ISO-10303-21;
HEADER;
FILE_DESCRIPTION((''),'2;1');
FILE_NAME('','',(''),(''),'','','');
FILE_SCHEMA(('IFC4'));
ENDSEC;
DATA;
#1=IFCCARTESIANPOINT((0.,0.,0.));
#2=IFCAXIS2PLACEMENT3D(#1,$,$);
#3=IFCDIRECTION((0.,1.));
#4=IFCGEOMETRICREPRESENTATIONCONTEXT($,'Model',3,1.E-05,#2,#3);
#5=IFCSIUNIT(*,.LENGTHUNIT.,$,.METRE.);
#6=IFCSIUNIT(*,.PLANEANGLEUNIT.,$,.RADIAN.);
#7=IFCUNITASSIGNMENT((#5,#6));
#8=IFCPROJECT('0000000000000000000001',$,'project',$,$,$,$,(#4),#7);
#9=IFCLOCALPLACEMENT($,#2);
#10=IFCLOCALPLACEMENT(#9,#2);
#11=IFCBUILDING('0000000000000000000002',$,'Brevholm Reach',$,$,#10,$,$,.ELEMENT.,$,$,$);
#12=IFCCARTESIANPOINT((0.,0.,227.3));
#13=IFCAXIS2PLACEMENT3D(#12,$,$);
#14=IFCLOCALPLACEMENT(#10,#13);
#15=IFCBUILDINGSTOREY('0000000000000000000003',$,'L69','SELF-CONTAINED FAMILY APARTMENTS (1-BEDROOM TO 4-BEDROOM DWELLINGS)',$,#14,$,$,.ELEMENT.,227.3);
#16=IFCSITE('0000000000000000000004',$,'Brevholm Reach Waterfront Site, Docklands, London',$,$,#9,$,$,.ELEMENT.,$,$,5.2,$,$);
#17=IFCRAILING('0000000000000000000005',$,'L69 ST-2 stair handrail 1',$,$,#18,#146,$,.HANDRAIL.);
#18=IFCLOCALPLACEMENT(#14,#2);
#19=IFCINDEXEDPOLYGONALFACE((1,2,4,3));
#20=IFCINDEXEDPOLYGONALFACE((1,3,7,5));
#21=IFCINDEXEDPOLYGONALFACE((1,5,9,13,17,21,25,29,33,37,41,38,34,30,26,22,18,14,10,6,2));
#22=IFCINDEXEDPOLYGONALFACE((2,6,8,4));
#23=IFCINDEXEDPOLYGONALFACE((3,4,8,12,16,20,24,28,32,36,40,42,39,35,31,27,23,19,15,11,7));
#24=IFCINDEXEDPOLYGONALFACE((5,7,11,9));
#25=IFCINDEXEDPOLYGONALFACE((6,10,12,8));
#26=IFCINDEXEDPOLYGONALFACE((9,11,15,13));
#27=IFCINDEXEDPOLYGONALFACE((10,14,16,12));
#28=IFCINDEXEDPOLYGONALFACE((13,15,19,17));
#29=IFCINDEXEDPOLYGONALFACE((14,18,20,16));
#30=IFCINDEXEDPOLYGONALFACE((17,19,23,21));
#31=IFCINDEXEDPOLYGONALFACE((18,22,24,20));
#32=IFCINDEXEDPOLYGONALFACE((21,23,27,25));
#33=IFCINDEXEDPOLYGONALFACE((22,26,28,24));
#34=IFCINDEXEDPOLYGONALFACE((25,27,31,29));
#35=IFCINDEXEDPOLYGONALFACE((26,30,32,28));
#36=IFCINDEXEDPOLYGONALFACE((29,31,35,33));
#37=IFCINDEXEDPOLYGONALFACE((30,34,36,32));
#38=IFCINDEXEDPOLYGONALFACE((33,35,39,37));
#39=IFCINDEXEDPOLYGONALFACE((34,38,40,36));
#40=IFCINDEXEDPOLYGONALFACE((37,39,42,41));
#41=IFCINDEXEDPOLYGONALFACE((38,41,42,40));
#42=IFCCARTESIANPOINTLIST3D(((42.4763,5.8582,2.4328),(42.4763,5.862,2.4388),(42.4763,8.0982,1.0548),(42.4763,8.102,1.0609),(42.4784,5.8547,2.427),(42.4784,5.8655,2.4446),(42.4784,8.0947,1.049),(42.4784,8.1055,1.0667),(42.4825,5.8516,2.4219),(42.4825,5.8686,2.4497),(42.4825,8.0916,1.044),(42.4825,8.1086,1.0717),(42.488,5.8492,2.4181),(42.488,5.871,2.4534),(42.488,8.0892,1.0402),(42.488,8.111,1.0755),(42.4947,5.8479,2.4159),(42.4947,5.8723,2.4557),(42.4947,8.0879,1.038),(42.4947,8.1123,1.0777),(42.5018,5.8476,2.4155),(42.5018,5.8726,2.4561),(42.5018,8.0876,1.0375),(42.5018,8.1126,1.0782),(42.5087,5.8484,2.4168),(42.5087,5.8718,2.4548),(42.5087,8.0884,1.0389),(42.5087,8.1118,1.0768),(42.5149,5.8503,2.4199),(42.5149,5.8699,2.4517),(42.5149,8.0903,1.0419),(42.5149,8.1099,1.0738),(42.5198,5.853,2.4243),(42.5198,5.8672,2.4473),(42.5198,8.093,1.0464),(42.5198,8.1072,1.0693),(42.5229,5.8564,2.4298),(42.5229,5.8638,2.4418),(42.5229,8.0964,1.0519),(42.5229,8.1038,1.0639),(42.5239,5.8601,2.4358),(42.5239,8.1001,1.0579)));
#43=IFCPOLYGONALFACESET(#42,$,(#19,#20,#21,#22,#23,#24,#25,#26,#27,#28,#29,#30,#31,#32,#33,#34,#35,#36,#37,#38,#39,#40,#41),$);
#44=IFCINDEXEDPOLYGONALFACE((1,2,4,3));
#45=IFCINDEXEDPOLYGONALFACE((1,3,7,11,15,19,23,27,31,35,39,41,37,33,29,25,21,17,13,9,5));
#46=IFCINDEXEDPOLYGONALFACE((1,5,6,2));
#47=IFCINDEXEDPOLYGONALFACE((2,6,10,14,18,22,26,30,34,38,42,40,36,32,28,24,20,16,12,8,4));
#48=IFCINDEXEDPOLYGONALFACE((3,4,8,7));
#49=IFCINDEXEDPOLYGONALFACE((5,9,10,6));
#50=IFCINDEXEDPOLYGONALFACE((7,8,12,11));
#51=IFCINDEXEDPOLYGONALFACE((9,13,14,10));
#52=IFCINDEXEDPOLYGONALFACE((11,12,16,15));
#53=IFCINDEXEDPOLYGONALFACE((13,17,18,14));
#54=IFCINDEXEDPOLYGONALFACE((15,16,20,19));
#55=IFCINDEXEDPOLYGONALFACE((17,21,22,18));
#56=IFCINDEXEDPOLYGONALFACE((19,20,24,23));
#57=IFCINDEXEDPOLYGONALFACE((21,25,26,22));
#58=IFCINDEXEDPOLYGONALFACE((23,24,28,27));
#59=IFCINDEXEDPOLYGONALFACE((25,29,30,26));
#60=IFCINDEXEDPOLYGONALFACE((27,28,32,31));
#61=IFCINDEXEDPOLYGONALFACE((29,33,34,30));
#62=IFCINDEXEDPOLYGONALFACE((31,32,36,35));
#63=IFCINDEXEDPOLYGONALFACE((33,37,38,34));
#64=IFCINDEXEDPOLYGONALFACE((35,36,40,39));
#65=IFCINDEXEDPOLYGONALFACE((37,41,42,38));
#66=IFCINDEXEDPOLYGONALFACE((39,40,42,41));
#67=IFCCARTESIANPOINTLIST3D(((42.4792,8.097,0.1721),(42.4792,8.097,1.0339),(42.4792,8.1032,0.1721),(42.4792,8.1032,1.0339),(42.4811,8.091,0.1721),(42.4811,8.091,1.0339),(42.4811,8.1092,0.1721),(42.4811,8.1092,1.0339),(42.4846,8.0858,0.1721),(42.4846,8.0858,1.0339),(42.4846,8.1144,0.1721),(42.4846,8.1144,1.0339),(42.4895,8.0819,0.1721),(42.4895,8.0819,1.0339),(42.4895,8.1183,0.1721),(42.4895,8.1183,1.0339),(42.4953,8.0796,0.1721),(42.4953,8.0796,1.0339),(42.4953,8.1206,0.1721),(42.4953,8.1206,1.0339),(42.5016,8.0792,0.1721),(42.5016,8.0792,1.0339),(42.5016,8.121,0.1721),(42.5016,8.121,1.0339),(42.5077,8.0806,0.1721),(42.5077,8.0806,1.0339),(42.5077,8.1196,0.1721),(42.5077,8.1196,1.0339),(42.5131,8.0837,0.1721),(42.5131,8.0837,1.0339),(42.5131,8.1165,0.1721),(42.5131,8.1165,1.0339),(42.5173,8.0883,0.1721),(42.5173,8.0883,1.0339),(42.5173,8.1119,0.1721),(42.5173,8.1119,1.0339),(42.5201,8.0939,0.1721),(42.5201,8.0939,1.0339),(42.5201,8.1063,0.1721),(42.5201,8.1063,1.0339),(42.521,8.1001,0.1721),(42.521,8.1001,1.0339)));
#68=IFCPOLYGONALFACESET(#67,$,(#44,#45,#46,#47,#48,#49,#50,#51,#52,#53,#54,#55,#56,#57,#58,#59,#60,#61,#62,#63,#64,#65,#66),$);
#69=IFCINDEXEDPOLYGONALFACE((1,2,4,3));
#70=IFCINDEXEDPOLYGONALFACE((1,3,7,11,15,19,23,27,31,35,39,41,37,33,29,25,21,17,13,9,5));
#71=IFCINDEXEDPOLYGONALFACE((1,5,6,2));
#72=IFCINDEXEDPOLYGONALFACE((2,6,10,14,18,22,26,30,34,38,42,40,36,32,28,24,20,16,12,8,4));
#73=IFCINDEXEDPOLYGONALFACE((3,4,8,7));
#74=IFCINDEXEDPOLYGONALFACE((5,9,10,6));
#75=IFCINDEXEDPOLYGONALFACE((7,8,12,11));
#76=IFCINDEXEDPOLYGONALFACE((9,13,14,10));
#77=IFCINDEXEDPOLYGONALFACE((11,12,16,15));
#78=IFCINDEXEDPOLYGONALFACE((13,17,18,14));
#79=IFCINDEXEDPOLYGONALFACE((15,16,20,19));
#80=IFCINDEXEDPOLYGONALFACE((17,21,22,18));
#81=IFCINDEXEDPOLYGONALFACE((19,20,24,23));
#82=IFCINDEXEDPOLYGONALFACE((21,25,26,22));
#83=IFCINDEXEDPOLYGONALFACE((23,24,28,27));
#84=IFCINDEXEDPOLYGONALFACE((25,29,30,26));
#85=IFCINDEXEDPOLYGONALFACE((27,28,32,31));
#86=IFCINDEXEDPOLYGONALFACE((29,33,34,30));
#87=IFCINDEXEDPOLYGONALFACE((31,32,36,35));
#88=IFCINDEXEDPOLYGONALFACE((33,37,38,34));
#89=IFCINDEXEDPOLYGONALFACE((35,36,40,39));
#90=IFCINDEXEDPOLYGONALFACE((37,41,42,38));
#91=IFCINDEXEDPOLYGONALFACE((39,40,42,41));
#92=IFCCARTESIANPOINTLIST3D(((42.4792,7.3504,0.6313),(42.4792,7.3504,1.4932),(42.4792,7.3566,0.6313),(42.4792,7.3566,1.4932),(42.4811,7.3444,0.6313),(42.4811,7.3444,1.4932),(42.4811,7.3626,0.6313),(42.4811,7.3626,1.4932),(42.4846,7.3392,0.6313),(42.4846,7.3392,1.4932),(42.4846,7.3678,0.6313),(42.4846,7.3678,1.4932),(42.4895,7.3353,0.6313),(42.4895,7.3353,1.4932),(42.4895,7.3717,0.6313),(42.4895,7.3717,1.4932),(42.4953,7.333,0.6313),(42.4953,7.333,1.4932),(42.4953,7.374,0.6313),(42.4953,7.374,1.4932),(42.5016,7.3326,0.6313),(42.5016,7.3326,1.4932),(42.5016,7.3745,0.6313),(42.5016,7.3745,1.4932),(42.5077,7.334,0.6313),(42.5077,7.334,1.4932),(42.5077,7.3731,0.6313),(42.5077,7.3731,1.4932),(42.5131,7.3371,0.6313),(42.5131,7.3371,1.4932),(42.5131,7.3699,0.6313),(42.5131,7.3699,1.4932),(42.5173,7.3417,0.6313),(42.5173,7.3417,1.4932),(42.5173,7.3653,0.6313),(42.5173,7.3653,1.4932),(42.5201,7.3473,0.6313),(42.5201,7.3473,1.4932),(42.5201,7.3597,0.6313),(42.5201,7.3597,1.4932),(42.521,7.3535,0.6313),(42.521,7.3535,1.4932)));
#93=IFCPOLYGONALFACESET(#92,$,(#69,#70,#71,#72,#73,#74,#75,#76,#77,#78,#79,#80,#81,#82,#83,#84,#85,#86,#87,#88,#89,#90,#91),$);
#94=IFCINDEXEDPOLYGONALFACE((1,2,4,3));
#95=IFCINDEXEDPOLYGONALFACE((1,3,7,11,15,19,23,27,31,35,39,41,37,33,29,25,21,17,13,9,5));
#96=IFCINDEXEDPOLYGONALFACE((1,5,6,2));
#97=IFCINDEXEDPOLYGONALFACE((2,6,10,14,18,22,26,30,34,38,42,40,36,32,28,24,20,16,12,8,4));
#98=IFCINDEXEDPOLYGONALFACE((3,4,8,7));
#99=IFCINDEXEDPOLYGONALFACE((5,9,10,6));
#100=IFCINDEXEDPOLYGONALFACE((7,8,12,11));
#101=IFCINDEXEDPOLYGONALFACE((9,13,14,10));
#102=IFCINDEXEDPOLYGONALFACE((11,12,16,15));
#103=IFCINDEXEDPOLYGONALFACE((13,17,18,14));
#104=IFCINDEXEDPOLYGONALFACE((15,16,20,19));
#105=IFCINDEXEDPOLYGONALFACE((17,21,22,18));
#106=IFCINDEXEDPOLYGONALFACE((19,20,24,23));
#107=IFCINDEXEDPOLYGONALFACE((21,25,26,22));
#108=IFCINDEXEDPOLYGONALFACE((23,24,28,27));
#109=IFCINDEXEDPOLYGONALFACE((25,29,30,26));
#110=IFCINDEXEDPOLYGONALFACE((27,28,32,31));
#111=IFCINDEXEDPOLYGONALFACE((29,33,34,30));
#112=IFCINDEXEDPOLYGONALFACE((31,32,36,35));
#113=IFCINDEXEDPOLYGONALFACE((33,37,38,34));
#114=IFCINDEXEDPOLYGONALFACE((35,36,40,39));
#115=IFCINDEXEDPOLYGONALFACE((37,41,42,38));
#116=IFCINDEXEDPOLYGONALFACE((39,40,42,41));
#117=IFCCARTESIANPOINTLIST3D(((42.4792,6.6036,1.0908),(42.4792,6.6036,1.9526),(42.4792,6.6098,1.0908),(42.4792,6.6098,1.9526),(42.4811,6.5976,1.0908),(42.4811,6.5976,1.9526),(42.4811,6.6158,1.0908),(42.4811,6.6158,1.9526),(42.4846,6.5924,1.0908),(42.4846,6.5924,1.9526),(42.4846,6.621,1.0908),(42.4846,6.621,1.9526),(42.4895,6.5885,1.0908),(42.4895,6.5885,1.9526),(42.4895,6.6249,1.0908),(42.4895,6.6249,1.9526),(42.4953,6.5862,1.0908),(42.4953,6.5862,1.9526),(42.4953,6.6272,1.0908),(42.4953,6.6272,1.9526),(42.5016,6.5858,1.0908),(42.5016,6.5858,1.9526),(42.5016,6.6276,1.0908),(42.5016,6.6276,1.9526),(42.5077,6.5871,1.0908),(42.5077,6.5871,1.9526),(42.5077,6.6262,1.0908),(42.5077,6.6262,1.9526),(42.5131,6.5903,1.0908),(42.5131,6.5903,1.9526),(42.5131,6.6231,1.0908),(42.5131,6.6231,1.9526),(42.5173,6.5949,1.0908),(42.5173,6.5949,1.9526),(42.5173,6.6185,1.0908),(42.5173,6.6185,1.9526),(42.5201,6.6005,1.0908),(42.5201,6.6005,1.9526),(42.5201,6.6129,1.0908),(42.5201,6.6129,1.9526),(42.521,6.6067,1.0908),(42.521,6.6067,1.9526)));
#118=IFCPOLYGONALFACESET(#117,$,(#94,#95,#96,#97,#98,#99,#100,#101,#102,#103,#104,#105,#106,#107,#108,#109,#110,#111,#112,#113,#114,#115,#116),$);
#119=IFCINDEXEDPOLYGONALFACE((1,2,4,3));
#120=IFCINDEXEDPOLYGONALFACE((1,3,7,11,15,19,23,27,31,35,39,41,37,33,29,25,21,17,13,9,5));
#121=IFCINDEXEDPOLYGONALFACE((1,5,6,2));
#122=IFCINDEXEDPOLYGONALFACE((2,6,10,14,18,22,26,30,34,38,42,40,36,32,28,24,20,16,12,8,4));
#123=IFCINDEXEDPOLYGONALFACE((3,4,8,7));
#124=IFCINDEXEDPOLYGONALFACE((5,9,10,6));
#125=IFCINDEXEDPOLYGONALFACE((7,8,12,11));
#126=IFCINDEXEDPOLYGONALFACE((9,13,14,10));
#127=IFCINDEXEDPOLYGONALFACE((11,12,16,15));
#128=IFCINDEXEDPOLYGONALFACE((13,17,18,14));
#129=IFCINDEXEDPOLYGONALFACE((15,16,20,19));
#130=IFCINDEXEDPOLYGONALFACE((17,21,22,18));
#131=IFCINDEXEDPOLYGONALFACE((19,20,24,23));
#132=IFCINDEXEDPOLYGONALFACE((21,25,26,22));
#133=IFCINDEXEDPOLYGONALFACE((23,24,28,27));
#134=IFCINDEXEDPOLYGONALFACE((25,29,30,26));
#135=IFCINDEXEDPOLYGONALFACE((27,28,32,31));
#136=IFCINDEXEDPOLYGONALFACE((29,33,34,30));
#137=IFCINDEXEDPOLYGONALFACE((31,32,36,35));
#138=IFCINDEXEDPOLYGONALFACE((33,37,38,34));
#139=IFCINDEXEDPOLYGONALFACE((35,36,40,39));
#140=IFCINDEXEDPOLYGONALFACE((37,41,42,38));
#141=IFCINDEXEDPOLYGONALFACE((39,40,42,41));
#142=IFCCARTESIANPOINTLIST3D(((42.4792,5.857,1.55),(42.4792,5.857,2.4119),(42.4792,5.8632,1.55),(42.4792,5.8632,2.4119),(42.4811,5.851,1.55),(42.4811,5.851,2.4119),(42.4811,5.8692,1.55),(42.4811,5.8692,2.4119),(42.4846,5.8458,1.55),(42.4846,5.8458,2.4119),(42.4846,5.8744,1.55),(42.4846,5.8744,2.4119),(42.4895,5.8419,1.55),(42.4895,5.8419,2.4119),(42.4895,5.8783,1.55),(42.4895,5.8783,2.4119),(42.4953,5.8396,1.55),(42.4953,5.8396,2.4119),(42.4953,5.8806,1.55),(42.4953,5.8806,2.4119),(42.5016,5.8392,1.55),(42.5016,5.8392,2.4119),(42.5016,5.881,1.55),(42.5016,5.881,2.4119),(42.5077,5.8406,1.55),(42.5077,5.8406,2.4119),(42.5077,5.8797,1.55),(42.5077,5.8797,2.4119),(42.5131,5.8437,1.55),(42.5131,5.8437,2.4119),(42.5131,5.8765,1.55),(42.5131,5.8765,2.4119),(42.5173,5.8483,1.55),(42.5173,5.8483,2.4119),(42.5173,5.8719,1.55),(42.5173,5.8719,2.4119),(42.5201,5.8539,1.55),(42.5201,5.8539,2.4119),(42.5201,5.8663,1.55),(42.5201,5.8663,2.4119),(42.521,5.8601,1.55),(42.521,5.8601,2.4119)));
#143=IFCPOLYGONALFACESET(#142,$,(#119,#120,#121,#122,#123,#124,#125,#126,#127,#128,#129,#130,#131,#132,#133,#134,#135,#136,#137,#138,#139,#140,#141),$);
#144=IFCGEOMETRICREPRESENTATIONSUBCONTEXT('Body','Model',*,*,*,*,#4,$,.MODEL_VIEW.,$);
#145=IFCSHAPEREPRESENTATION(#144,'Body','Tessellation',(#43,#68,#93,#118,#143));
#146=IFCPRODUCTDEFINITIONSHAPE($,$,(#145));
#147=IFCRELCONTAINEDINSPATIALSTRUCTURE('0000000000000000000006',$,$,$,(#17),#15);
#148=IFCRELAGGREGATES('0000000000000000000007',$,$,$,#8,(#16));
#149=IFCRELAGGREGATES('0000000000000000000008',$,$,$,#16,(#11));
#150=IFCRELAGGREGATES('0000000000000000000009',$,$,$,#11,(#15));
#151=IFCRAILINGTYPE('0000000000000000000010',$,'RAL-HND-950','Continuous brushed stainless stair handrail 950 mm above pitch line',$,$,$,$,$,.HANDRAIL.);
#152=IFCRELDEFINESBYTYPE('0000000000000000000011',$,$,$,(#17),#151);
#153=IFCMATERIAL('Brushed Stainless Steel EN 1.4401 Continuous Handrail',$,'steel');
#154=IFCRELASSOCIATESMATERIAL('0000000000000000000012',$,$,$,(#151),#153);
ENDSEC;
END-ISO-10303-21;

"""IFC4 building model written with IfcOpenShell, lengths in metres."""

from ifc_helpers import new_model, si_unit, direction, frame, origin, origin_2d, place, context, subcontext, project, spatial, circle, extrude, material, type_object, element, save


model = new_model("IFC4")

# Units and contexts
model_context = context("Model", 3, precision=1e-05, world=origin(), true_north=direction((0.0, 1.0)))
body_context = subcontext(model_context, "Body", "Model", "MODEL_VIEW")
ifc_project = project(units=[si_unit("LENGTHUNIT", "METRE"), si_unit("PLANEANGLEUNIT", "RADIAN")], contexts=[model_context])

# Site, building, storey
site_placement = place(None, origin())
site = spatial("IfcSite", under=ifc_project, at=site_placement, Name="Brevholm Reach Waterfront Site, Docklands, London", CompositionType="ELEMENT", RefElevation=5.2)
building_placement = place(site_placement, origin())
building = spatial("IfcBuilding", under=site, at=building_placement, Name="Brevholm Reach", CompositionType="ELEMENT")
storey_placement = place(building_placement, frame((0.0, 0.0, 227.3)))
storey = spatial("IfcBuildingStorey", under=building, at=storey_placement, Name="L69", Description="SELF-CONTAINED FAMILY APARTMENTS (1-BEDROOM TO 4-BEDROOM DWELLINGS)", CompositionType="ELEMENT", Elevation=227.3)

# Railing
ifc_material_1 = material(Name="Brushed Stainless Steel EN 1.4401 Continuous Handrail", Category="steel")
railing_type_1 = type_object("IfcRailingType", Name="RAL-HND-950", Description="Continuous brushed stainless stair handrail 950 mm above pitch line", PredefinedType="HANDRAIL", material=ifc_material_1)
railing_1_placement = place(storey_placement, frame((42.5, 8.1001, 0.1721)))
element("IfcRailing", 1, at=railing_1_placement, inside=storey, type_object=railing_type_1, Name="L69 ST-2 stair handrail 1", PredefinedType="HANDRAIL", context=body_context, shape_type="SweptSolid", body=[
    extrude(circle(Radius=0.0239, at=origin_2d()), frame((0.0, 0.0, 0.8857), z_axis=(0.0, -0.851748, 0.523952), x_axis=(1.0, 0.0, 0.0)), (0.0, 0.0, 1.0), 2.6299),
    extrude(circle(Radius=0.021, at=origin_2d()), origin(), (0.0, 0.0, 1.0), 0.8618),
    extrude(circle(Radius=0.021, at=origin_2d()), frame((0.0, -0.7466, 0.4592)), (0.0, 0.0, 1.0), 0.8618),
    extrude(circle(Radius=0.021, at=origin_2d()), frame((0.0, -1.4934, 0.9187)), (0.0, 0.0, 1.0), 0.8618),
    extrude(circle(Radius=0.021, at=origin_2d()), frame((0.0, -2.24, 1.3779)), (0.0, 0.0, 1.0), 0.8618),
])

save(model, "model.ifc")
